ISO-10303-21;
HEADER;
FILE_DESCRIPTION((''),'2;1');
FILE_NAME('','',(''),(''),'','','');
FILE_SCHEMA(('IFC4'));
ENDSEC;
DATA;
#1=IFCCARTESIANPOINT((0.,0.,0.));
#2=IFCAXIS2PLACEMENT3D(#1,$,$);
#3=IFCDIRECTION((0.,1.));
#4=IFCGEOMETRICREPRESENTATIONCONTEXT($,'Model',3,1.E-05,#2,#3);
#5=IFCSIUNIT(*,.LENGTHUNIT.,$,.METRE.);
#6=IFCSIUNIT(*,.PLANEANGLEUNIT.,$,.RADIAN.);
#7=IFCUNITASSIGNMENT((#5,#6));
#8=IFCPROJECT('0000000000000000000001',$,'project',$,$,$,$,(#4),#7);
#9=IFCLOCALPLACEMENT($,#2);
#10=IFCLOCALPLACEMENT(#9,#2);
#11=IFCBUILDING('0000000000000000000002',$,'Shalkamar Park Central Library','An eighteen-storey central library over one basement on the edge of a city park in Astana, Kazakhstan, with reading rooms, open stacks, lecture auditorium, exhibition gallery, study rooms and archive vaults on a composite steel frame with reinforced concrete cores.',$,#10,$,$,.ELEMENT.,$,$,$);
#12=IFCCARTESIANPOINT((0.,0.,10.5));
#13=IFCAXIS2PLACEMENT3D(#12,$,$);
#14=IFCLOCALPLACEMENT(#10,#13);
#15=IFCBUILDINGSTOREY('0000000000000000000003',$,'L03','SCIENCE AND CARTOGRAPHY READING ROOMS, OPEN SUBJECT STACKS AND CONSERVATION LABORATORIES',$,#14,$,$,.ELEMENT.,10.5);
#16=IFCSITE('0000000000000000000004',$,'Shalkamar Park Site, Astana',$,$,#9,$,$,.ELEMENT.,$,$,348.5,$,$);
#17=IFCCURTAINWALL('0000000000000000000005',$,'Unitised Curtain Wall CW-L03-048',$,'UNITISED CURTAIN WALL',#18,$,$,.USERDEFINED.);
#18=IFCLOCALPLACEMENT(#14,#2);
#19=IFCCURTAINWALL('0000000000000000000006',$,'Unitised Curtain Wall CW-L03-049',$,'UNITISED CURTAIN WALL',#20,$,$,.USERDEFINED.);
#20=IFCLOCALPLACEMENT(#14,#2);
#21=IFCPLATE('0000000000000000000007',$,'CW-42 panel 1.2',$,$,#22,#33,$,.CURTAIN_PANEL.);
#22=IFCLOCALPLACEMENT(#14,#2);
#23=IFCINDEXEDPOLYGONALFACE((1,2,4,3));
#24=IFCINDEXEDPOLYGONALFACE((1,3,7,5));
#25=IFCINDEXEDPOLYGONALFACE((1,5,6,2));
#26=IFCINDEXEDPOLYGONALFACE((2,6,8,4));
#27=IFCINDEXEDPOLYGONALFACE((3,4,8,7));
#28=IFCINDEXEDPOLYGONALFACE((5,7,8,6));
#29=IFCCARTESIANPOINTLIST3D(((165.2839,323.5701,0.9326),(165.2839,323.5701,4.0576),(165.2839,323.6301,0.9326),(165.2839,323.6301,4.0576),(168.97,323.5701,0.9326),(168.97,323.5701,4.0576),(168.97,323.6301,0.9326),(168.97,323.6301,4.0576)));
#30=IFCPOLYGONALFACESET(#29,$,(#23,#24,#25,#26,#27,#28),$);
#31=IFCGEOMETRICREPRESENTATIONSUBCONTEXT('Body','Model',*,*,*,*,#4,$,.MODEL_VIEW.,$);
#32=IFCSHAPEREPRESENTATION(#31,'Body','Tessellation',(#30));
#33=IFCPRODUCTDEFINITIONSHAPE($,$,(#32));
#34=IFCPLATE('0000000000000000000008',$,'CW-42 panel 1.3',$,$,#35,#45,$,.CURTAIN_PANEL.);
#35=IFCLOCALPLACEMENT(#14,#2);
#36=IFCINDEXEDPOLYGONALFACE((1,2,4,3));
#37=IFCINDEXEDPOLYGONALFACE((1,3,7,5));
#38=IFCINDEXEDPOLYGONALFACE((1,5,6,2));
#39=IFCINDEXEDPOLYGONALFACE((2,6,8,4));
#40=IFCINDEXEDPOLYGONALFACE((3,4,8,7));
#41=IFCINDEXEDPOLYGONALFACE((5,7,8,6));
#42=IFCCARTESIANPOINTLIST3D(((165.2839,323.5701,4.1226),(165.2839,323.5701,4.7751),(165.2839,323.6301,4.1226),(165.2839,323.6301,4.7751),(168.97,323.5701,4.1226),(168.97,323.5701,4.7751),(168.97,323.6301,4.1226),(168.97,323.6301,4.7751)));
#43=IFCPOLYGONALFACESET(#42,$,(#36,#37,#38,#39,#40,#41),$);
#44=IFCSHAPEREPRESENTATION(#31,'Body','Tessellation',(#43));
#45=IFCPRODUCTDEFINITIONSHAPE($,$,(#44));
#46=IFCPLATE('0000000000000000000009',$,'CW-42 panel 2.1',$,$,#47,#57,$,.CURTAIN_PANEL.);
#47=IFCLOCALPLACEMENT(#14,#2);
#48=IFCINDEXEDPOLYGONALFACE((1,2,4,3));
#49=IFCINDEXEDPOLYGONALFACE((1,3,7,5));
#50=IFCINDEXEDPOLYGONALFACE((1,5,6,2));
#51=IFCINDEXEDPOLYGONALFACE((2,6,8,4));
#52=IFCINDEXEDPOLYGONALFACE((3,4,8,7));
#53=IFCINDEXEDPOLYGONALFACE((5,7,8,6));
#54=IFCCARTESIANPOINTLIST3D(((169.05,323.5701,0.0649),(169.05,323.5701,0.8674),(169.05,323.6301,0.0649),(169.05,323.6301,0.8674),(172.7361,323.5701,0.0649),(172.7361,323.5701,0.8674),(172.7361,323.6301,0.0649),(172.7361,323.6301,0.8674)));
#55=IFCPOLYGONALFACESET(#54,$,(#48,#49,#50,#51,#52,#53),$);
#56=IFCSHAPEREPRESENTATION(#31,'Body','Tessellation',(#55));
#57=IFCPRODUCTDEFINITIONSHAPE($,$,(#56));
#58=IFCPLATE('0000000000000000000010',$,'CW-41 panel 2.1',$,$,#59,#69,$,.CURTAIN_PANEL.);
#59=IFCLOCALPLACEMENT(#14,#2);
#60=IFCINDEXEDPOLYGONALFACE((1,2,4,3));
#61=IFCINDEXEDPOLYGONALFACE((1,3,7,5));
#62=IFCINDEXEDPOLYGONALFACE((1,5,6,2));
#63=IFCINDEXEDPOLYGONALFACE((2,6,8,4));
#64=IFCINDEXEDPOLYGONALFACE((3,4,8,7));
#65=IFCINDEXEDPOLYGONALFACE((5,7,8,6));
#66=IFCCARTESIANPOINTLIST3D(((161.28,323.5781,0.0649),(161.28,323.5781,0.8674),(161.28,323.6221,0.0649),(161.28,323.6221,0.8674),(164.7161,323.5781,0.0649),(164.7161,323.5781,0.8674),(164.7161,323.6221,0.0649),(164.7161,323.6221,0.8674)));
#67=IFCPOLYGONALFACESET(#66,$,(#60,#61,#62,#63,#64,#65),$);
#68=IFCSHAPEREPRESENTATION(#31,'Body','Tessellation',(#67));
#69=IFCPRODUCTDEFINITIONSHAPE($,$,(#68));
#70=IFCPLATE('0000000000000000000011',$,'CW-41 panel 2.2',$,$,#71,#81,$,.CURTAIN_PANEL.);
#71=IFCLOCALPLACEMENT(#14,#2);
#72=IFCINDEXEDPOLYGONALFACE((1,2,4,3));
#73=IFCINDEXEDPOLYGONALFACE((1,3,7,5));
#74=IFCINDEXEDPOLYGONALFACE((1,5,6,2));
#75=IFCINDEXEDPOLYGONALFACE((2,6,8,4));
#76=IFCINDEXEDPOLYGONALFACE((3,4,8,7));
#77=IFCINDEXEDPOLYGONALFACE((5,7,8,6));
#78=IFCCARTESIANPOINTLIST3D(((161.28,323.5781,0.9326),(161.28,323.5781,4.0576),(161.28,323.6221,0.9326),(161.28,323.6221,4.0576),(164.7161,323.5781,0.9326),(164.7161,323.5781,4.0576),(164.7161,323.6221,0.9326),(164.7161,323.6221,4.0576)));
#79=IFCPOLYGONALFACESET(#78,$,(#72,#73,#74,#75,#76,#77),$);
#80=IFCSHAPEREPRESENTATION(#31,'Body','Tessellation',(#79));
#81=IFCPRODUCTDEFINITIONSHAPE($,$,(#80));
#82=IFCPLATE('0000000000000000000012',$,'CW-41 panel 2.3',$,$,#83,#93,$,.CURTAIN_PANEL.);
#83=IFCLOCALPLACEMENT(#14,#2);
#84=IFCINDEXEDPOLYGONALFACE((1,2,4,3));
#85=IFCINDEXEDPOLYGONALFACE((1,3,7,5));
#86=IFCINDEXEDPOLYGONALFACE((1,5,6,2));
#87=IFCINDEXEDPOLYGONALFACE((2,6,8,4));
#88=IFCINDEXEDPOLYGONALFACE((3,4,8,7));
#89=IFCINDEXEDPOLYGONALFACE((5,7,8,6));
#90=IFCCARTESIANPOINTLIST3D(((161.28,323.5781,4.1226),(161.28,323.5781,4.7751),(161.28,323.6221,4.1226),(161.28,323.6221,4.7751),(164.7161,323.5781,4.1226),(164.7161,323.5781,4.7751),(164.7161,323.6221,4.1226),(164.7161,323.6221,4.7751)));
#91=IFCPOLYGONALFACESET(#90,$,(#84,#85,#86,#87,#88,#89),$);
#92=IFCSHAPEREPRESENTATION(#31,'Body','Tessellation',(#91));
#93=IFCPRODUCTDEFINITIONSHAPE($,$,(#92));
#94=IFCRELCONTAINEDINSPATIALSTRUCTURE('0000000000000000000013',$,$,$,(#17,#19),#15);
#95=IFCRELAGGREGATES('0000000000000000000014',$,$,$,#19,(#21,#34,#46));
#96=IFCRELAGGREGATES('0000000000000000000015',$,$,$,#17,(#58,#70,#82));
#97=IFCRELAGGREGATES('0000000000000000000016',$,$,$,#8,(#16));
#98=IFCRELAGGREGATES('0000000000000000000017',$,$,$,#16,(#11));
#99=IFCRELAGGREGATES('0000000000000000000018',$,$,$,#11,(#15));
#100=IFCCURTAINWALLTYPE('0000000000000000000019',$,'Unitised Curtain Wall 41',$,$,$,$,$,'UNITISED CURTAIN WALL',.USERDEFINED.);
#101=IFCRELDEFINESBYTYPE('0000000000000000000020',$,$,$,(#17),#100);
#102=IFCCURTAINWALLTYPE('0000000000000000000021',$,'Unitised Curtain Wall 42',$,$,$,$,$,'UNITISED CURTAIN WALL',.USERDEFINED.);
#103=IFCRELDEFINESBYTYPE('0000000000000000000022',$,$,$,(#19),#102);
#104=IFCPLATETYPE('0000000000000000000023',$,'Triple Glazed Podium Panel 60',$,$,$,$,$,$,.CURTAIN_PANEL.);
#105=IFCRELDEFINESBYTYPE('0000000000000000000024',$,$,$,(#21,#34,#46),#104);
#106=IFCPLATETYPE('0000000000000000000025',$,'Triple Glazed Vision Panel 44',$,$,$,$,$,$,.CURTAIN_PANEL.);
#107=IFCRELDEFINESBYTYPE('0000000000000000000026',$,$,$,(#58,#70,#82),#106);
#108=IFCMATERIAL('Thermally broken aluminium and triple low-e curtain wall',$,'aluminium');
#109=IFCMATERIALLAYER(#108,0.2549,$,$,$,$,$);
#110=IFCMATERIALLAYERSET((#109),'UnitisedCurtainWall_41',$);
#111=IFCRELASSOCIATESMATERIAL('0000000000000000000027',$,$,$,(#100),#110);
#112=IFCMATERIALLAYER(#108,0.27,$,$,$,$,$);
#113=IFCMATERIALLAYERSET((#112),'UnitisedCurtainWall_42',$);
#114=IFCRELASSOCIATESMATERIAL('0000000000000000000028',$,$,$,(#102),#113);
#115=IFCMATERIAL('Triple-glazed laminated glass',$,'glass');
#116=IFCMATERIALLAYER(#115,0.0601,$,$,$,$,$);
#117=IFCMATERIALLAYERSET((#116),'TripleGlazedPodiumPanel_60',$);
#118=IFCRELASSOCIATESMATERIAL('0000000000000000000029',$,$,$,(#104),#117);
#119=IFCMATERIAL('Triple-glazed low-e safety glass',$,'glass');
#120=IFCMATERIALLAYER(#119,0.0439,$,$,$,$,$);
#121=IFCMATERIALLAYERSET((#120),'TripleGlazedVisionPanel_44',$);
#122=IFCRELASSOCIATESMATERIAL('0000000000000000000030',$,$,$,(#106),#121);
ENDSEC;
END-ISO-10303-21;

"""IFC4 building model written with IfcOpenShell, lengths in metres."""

from ifc_helpers import new_model, si_unit, direction, frame, origin, origin_2d, place, context, subcontext, project, spatial, rectangle, extrude, material, layer, layer_set, type_object, element, aggregate, save


model = new_model("IFC4")

# Units and contexts
model_context = context("Model", 3, precision=1e-05, world=origin(), true_north=direction((0.0, 1.0)))
body_context = subcontext(model_context, "Body", "Model", "MODEL_VIEW")
ifc_project = project(units=[si_unit("LENGTHUNIT", "METRE"), si_unit("PLANEANGLEUNIT", "RADIAN")], contexts=[model_context])

# Site, building, storey
site_placement = place(None, origin())
site = spatial("IfcSite", under=ifc_project, at=site_placement, Name="Shalkamar Park Site, Astana", CompositionType="ELEMENT", RefElevation=348.5)
building_placement = place(site_placement, origin())
building = spatial("IfcBuilding", under=site, at=building_placement, Name="Shalkamar Park Central Library", Description="An eighteen-storey central library over one basement on the edge of a city park in Astana, Kazakhstan, with reading rooms, open stacks, lecture auditorium, exhibition gallery, study rooms and archive vaults on a composite steel frame with reinforced concrete cores.", CompositionType="ELEMENT")
storey_placement = place(building_placement, frame((0.0, 0.0, 10.5)))
storey = spatial("IfcBuildingStorey", under=building, at=storey_placement, Name="L03", Description="SCIENCE AND CARTOGRAPHY READING ROOMS, OPEN SUBJECT STACKS AND CONSERVATION LABORATORIES", CompositionType="ELEMENT", Elevation=10.5)

# Curtain wall
ifc_material_1 = material(Name="Thermally broken aluminium and triple low-e curtain wall", Category="aluminium")
ifc_layer_1 = layer(ifc_material_1, 0.2549)
ifc_layer_set_1 = layer_set([ifc_layer_1], Name="UnitisedCurtainWall_41")
curtain_wall_type_1 = type_object("IfcCurtainWallType", Name="Unitised Curtain Wall 41", ElementType="UNITISED CURTAIN WALL", PredefinedType="USERDEFINED", material=ifc_layer_set_1)
curtain_wall_1_placement = place(storey_placement, origin())
curtain_wall_1 = element("IfcCurtainWall", 1, at=curtain_wall_1_placement, inside=storey, type_object=curtain_wall_type_1, Name="Unitised Curtain Wall CW-L03-048", ObjectType="UNITISED CURTAIN WALL", PredefinedType="USERDEFINED")

# Curtain wall
ifc_layer_2 = layer(ifc_material_1, 0.27)
ifc_layer_set_2 = layer_set([ifc_layer_2], Name="UnitisedCurtainWall_42")
curtain_wall_type_2 = type_object("IfcCurtainWallType", Name="Unitised Curtain Wall 42", ElementType="UNITISED CURTAIN WALL", PredefinedType="USERDEFINED", material=ifc_layer_set_2)
curtain_wall_2_placement = place(storey_placement, origin())
curtain_wall_2 = element("IfcCurtainWall", 2, at=curtain_wall_2_placement, inside=storey, type_object=curtain_wall_type_2, Name="Unitised Curtain Wall CW-L03-049", ObjectType="UNITISED CURTAIN WALL", PredefinedType="USERDEFINED")

# Plates
ifc_material_2 = material(Name="Triple-glazed laminated glass", Category="glass")
ifc_layer_3 = layer(ifc_material_2, 0.0601)
ifc_layer_set_3 = layer_set([ifc_layer_3], Name="TripleGlazedPodiumPanel_60")
plate_type_1 = type_object("IfcPlateType", Name="Triple Glazed Podium Panel 60", PredefinedType="CURTAIN_PANEL", material=ifc_layer_set_3)
plate_1_placement = place(storey_placement, frame((167.127, 323.6001, 0.9326), z_axis=(0.0, 0.0, 1.0), x_axis=(1.0, 0.0, 0.0)))
plate_1 = element("IfcPlate", 3, at=plate_1_placement, type_object=plate_type_1, Name="CW-42 panel 1.2", PredefinedType="CURTAIN_PANEL", context=body_context, shape_type="SweptSolid", body=[
    extrude(rectangle(XDim=3.686, YDim=0.0601, at=origin_2d()), origin(), (0.0, 0.0, 1.0), 3.125),
])
plate_2_placement = place(storey_placement, frame((167.127, 323.6001, 4.1226), z_axis=(0.0, 0.0, 1.0), x_axis=(1.0, 0.0, 0.0)))
plate_2 = element("IfcPlate", 4, at=plate_2_placement, type_object=plate_type_1, Name="CW-42 panel 1.3", PredefinedType="CURTAIN_PANEL", context=body_context, shape_type="SweptSolid", body=[
    extrude(rectangle(XDim=3.686, YDim=0.0601, at=origin_2d()), origin(), (0.0, 0.0, 1.0), 0.6526),
])
plate_3_placement = place(storey_placement, frame((170.8931, 323.6001, 0.0649), z_axis=(0.0, 0.0, 1.0), x_axis=(1.0, 0.0, 0.0)))
plate_3 = element("IfcPlate", 5, at=plate_3_placement, type_object=plate_type_1, Name="CW-42 panel 2.1", PredefinedType="CURTAIN_PANEL", context=body_context, shape_type="SweptSolid", body=[
    extrude(rectangle(XDim=3.686, YDim=0.0601, at=origin_2d()), origin(), (0.0, 0.0, 1.0), 0.8025),
])
aggregate(curtain_wall_2, [plate_1, plate_2, plate_3])
ifc_material_3 = material(Name="Triple-glazed low-e safety glass", Category="glass")
ifc_layer_4 = layer(ifc_material_3, 0.0439)
ifc_layer_set_4 = layer_set([ifc_layer_4], Name="TripleGlazedVisionPanel_44")
plate_type_2 = type_object("IfcPlateType", Name="Triple Glazed Vision Panel 44", PredefinedType="CURTAIN_PANEL", material=ifc_layer_set_4)
plate_4_placement = place(storey_placement, frame((162.998, 323.6001, 0.0649), z_axis=(0.0, 0.0, 1.0), x_axis=(1.0, 0.0, 0.0)))
plate_4 = element("IfcPlate", 6, at=plate_4_placement, type_object=plate_type_2, Name="CW-41 panel 2.1", PredefinedType="CURTAIN_PANEL", context=body_context, shape_type="SweptSolid", body=[
    extrude(rectangle(XDim=3.436, YDim=0.0439, at=origin_2d()), origin(), (0.0, 0.0, 1.0), 0.8025),
])
plate_5_placement = place(storey_placement, frame((162.998, 323.6001, 0.9326), z_axis=(0.0, 0.0, 1.0), x_axis=(1.0, 0.0, 0.0)))
plate_5 = element("IfcPlate", 7, at=plate_5_placement, type_object=plate_type_2, Name="CW-41 panel 2.2", PredefinedType="CURTAIN_PANEL", context=body_context, shape_type="SweptSolid", body=[
    extrude(rectangle(XDim=3.436, YDim=0.0439, at=origin_2d()), origin(), (0.0, 0.0, 1.0), 3.125),
])
plate_6_placement = place(storey_placement, frame((162.998, 323.6001, 4.1226), z_axis=(0.0, 0.0, 1.0), x_axis=(1.0, 0.0, 0.0)))
plate_6 = element("IfcPlate", 8, at=plate_6_placement, type_object=plate_type_2, Name="CW-41 panel 2.3", PredefinedType="CURTAIN_PANEL", context=body_context, shape_type="SweptSolid", body=[
    extrude(rectangle(XDim=3.436, YDim=0.0439, at=origin_2d()), origin(), (0.0, 0.0, 1.0), 0.6526),
])
aggregate(curtain_wall_1, [plate_4, plate_5, plate_6])

save(model, "model.ifc")
